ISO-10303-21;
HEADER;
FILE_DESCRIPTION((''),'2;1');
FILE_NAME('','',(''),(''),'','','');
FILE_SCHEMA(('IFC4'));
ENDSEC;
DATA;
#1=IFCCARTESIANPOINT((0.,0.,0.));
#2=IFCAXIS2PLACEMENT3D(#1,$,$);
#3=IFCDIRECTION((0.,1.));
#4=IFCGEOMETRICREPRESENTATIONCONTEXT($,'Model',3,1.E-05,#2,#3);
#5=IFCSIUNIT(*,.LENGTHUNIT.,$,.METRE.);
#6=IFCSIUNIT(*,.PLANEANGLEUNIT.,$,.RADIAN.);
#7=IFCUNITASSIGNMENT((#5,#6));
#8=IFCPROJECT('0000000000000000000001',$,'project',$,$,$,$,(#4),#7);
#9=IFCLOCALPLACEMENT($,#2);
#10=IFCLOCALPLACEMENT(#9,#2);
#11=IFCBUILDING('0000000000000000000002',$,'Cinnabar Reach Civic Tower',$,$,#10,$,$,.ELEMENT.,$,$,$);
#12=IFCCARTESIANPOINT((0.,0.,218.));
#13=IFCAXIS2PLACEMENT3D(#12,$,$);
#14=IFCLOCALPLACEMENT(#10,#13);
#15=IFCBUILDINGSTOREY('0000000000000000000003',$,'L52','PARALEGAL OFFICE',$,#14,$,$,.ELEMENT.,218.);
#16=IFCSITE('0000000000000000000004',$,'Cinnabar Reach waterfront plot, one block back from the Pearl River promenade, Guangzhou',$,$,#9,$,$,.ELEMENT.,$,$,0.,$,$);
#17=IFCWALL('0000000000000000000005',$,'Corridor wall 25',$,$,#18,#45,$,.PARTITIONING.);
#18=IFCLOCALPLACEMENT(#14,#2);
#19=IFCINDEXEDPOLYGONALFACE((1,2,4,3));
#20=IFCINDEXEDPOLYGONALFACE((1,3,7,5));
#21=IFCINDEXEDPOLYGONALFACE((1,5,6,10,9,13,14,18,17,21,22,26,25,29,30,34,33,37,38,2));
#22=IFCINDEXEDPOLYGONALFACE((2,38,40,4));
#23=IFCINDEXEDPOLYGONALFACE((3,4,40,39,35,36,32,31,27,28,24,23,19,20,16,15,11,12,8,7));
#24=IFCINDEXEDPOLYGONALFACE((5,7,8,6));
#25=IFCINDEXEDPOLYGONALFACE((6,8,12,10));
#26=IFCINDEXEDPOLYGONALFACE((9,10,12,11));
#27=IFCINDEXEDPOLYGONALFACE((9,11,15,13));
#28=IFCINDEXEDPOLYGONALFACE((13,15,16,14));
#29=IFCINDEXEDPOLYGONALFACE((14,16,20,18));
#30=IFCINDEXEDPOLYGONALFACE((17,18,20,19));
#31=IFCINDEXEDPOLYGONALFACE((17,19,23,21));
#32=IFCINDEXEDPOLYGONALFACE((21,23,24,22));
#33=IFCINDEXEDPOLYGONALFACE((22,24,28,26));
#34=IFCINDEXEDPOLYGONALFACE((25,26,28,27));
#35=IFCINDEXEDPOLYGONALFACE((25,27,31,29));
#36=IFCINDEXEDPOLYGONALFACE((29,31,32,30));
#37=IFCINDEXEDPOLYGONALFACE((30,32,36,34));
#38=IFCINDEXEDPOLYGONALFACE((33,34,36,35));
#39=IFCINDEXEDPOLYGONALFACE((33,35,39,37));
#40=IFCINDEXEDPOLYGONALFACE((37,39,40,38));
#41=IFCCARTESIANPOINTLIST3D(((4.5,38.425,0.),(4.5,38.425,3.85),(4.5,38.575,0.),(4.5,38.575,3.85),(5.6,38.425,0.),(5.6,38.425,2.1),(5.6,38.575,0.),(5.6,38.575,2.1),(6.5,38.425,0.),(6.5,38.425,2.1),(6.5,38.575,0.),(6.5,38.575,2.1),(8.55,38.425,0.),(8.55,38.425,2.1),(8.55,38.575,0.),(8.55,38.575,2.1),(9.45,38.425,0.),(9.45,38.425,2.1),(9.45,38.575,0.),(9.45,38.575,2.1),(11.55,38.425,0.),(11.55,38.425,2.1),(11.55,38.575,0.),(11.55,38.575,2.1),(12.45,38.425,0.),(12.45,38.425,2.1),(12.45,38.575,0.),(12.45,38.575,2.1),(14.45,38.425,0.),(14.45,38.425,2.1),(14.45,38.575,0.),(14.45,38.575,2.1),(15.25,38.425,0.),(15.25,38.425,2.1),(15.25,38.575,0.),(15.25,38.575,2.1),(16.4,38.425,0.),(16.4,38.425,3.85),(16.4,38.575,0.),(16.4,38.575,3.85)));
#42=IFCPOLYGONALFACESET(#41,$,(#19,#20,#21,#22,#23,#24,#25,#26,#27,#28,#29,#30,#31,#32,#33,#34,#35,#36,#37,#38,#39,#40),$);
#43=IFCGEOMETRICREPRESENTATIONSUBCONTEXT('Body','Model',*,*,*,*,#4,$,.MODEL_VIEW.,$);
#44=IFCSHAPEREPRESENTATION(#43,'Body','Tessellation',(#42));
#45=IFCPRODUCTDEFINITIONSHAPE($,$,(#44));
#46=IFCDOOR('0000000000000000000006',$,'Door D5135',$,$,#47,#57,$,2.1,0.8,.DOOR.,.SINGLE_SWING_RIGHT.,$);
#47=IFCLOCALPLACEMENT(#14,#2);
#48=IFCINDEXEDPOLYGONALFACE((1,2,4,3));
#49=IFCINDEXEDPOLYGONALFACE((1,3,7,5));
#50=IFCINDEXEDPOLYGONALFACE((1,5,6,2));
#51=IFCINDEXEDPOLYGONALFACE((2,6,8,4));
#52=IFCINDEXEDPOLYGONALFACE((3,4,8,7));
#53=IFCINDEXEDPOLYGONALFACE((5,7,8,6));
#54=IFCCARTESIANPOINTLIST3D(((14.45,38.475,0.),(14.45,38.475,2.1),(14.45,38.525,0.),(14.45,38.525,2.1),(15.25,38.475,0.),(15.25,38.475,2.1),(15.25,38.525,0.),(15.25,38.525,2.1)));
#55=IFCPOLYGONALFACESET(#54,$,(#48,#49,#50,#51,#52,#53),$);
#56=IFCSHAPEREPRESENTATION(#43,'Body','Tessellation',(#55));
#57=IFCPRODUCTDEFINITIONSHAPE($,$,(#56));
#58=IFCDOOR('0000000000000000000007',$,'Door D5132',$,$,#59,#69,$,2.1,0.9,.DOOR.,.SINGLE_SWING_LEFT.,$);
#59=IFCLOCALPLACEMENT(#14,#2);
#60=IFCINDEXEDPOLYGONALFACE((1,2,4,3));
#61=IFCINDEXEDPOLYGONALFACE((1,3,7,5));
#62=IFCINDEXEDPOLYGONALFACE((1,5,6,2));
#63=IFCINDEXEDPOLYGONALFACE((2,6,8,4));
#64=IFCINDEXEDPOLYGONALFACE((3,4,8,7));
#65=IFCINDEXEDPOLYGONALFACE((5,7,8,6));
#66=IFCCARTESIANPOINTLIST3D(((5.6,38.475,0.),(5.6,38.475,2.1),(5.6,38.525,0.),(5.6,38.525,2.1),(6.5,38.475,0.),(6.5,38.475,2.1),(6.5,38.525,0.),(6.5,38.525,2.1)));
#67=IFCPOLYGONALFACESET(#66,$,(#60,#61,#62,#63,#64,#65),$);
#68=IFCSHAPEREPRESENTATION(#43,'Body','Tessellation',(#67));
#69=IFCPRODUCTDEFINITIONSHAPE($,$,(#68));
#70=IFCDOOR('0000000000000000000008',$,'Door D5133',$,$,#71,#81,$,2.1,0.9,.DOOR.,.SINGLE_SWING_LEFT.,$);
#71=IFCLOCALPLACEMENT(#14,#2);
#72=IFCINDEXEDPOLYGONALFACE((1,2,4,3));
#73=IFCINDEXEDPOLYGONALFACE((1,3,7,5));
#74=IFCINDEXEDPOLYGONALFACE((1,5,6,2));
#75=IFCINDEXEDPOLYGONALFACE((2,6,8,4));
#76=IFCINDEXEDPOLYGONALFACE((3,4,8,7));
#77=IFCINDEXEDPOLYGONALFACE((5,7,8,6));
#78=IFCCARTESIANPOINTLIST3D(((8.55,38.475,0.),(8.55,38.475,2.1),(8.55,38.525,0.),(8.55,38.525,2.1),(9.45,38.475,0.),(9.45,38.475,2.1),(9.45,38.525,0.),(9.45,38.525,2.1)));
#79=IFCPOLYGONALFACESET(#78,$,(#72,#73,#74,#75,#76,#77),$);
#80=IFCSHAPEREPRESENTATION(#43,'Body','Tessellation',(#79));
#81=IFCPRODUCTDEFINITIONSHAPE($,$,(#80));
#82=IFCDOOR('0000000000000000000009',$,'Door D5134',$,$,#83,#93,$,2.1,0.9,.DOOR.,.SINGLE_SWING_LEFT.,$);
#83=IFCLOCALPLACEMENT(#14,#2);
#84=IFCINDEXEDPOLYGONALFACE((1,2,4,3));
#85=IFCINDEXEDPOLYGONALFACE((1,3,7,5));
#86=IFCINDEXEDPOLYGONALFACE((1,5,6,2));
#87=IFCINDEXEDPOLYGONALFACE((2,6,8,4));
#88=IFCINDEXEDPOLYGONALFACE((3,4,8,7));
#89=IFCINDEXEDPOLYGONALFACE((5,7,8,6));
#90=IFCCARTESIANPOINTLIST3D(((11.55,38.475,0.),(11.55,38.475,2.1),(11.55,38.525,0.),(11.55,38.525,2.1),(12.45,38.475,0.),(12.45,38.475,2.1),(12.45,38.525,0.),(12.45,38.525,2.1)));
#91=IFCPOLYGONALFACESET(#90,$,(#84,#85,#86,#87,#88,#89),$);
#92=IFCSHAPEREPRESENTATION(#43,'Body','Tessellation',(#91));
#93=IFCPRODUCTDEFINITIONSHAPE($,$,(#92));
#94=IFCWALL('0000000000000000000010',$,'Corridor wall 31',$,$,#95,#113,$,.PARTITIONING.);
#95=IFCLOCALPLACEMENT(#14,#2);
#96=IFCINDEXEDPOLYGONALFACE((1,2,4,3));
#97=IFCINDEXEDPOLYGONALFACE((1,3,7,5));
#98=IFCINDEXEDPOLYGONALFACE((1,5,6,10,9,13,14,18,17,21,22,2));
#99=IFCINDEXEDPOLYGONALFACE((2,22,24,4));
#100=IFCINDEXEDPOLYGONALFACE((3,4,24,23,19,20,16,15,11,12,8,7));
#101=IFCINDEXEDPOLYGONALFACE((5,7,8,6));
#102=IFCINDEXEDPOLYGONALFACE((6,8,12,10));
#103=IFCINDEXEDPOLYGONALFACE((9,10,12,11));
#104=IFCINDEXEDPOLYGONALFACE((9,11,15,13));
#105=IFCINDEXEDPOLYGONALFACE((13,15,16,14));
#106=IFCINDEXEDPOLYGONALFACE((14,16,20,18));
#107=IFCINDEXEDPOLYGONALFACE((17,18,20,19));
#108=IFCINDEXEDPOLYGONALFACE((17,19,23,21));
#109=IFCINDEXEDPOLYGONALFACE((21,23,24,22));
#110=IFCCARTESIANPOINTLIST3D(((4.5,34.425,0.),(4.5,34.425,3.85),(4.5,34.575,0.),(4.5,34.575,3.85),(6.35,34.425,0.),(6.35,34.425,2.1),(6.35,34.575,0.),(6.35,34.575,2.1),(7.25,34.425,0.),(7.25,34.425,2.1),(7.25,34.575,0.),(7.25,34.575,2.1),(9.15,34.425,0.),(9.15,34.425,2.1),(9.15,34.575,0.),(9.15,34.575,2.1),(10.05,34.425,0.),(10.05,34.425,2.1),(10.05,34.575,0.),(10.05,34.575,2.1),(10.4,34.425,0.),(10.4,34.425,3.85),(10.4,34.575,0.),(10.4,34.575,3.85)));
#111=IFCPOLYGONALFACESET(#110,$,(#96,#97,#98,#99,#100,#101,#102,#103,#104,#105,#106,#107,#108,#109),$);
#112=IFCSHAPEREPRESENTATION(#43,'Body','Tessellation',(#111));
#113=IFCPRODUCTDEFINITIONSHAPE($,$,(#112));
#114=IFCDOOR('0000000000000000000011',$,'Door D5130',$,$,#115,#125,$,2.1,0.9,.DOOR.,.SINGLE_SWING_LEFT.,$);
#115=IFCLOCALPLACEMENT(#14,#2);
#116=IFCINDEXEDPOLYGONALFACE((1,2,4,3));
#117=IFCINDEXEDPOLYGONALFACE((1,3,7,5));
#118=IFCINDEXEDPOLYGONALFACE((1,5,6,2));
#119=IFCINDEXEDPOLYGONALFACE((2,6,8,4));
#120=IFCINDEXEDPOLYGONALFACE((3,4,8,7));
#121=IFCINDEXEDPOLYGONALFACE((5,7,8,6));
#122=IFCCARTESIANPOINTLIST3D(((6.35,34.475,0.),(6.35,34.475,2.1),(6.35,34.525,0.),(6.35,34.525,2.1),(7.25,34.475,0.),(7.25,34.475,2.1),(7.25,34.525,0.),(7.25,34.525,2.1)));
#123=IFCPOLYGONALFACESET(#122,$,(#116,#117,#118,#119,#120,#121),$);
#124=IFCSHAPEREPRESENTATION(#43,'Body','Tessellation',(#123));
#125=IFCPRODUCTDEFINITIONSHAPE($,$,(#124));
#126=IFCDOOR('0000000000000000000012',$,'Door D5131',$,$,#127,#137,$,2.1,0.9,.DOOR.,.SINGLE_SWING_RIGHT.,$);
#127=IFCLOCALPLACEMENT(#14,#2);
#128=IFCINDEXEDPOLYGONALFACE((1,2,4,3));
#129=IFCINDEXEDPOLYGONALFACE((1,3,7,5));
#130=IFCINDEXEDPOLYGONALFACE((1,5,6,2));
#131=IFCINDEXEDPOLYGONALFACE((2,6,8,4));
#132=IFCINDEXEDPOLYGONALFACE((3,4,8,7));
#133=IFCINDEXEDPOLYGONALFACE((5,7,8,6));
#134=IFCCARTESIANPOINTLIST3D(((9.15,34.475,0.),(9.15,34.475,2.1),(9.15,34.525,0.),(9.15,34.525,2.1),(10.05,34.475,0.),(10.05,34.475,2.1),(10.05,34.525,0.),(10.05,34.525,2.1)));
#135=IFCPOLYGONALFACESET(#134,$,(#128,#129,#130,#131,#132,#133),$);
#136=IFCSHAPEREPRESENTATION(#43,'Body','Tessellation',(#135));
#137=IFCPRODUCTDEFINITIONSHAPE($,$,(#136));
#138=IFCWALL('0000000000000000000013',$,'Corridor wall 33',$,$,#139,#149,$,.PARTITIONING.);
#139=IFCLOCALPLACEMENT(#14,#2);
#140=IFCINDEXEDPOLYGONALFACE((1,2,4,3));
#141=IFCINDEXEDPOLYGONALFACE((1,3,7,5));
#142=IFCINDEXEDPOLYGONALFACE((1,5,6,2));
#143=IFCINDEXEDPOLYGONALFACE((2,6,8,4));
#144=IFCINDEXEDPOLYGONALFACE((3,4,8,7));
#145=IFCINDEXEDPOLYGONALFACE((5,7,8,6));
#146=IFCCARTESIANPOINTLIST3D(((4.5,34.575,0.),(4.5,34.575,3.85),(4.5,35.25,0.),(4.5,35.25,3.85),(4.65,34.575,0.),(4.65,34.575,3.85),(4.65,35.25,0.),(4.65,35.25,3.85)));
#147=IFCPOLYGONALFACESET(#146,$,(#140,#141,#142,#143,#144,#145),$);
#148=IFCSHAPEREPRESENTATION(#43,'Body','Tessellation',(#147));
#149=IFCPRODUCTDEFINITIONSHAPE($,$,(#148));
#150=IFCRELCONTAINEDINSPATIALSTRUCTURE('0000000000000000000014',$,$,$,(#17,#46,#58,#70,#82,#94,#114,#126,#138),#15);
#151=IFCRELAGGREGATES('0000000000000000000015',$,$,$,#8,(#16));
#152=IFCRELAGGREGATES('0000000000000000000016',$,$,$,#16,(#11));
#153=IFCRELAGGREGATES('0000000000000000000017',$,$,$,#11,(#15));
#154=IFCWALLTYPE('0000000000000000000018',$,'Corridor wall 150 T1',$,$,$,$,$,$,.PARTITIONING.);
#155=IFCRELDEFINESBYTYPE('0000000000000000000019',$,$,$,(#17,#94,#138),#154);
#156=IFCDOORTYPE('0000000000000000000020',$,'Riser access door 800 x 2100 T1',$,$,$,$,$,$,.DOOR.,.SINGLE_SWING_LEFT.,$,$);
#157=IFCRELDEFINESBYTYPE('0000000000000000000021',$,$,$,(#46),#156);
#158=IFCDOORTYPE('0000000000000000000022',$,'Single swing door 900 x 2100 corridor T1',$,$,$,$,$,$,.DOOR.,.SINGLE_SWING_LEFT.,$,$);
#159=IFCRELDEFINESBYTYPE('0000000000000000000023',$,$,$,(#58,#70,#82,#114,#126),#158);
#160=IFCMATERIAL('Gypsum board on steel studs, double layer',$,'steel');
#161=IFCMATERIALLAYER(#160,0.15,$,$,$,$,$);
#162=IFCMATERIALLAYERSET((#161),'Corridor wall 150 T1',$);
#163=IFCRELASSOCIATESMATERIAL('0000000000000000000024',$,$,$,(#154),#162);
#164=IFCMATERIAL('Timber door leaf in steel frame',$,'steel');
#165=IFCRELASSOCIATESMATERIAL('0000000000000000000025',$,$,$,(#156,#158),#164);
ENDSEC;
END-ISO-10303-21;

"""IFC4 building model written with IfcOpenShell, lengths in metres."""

from ifc_helpers import new_model, si_unit, direction, frame, frame_2d, origin, place, context, subcontext, project, spatial, rectangle, extrude, material, layer, layer_set, type_object, element, fill, save


model = new_model("IFC4")

# Units and contexts
model_context = context("Model", 3, precision=1e-05, world=origin(), true_north=direction((0.0, 1.0)))
body_context = subcontext(model_context, "Body", "Model", "MODEL_VIEW")
ifc_project = project(units=[si_unit("LENGTHUNIT", "METRE"), si_unit("PLANEANGLEUNIT", "RADIAN")], contexts=[model_context])

# Site, building, storey
site_placement = place(None, origin())
site = spatial("IfcSite", under=ifc_project, at=site_placement, Name="Cinnabar Reach waterfront plot, one block back from the Pearl River promenade, Guangzhou", CompositionType="ELEMENT", RefElevation=0.0)
building_placement = place(site_placement, origin())
building = spatial("IfcBuilding", under=site, at=building_placement, Name="Cinnabar Reach Civic Tower", CompositionType="ELEMENT")
storey_placement = place(building_placement, frame((0.0, 0.0, 218.0)))
storey = spatial("IfcBuildingStorey", under=building, at=storey_placement, Name="L52", Description="PARALEGAL OFFICE", CompositionType="ELEMENT", Elevation=218.0)

# Shared definitions
ifc_material_1 = material(Name="Timber door leaf in steel frame", Category="steel")

# Walls, openings, doors
ifc_material_2 = material(Name="Gypsum board on steel studs, double layer", Category="steel")
ifc_layer_1 = layer(ifc_material_2, 0.15)
ifc_layer_set_1 = layer_set([ifc_layer_1], Name="Corridor wall 150 T1")
wall_type_1 = type_object("IfcWallType", Name="Corridor wall 150 T1", PredefinedType="PARTITIONING", material=ifc_layer_set_1)
wall_1_placement = place(storey_placement, frame((4.5, 38.5, 0.0), z_axis=(0.0, 0.0, 1.0), x_axis=(1.0, 0.0, 0.0)))
wall_1 = element("IfcWall", 1, at=wall_1_placement, inside=storey, type_object=wall_type_1, Name="Corridor wall 25", PredefinedType="PARTITIONING", context=body_context, shape_type="SweptSolid", body=[
    extrude(rectangle(XDim=11.9, YDim=0.15, at=frame_2d((5.95, 0.0))), origin(), (0.0, 0.0, 1.0), 3.85),
])
opening_1_placement = place(wall_1_placement, frame((1.1, 0.0, 0.0)))
opening_1 = element("IfcOpeningElement", 2, at=opening_1_placement, cuts=wall_1, PredefinedType="OPENING", context=body_context, shape_type="SweptSolid", body=[
    extrude(rectangle(XDim=0.9, YDim=2.1, at=frame_2d((0.45, 1.05))), frame((0.0, 0.085, 0.0), z_axis=(0.0, -1.0, 0.0), x_axis=(1.0, 0.0, 0.0)), (0.0, 0.0, 1.0), 0.17),
])
opening_2_placement = place(wall_1_placement, frame((4.05, 0.0, 0.0)))
opening_2 = element("IfcOpeningElement", 3, at=opening_2_placement, cuts=wall_1, PredefinedType="OPENING", context=body_context, shape_type="SweptSolid", body=[
    extrude(rectangle(XDim=0.9, YDim=2.1, at=frame_2d((0.45, 1.05))), frame((0.0, 0.085, 0.0), z_axis=(0.0, -1.0, 0.0), x_axis=(1.0, 0.0, 0.0)), (0.0, 0.0, 1.0), 0.17),
])
opening_3_placement = place(wall_1_placement, frame((7.05, 0.0, 0.0)))
opening_3 = element("IfcOpeningElement", 4, at=opening_3_placement, cuts=wall_1, PredefinedType="OPENING", context=body_context, shape_type="SweptSolid", body=[
    extrude(rectangle(XDim=0.9, YDim=2.1, at=frame_2d((0.45, 1.05))), frame((0.0, 0.085, 0.0), z_axis=(0.0, -1.0, 0.0), x_axis=(1.0, 0.0, 0.0)), (0.0, 0.0, 1.0), 0.17),
])
opening_4_placement = place(wall_1_placement, frame((9.95, 0.0, 0.0)))
opening_4 = element("IfcOpeningElement", 5, at=opening_4_placement, cuts=wall_1, PredefinedType="OPENING", context=body_context, shape_type="SweptSolid", body=[
    extrude(rectangle(XDim=0.8, YDim=2.1, at=frame_2d((0.4, 1.05))), frame((0.0, 0.085, 0.0), z_axis=(0.0, -1.0, 0.0), x_axis=(1.0, 0.0, 0.0)), (0.0, 0.0, 1.0), 0.17),
])
door_type_1 = type_object("IfcDoorType", Name="Riser access door 800 x 2100 T1", OperationType="SINGLE_SWING_LEFT", PredefinedType="DOOR", material=ifc_material_1)
door_1_placement = place(opening_4_placement, origin())
door_1 = element("IfcDoor", 6, at=door_1_placement, inside=storey, type_object=door_type_1, Name="Door D5135", OperationType="SINGLE_SWING_RIGHT", OverallHeight=2.1, OverallWidth=0.8, PredefinedType="DOOR", context=body_context, shape_type="SweptSolid", body=[
    extrude(rectangle(XDim=0.8, YDim=2.1, at=frame_2d((0.4, 1.05))), frame((0.0, 0.025, 0.0), z_axis=(0.0, -1.0, 0.0), x_axis=(1.0, 0.0, 0.0)), (0.0, 0.0, 1.0), 0.05),
])
fill(opening_4, door_1)
door_type_2 = type_object("IfcDoorType", Name="Single swing door 900 x 2100 corridor T1", OperationType="SINGLE_SWING_LEFT", PredefinedType="DOOR", material=ifc_material_1)
door_2_placement = place(opening_1_placement, origin())
door_2 = element("IfcDoor", 7, at=door_2_placement, inside=storey, type_object=door_type_2, Name="Door D5132", OperationType="SINGLE_SWING_LEFT", OverallHeight=2.1, OverallWidth=0.9, PredefinedType="DOOR", context=body_context, shape_type="SweptSolid", body=[
    extrude(rectangle(XDim=0.9, YDim=2.1, at=frame_2d((0.45, 1.05))), frame((0.0, 0.025, 0.0), z_axis=(0.0, -1.0, 0.0), x_axis=(1.0, 0.0, 0.0)), (0.0, 0.0, 1.0), 0.05),
])
fill(opening_1, door_2)
door_3_placement = place(opening_2_placement, origin())
door_3 = element("IfcDoor", 8, at=door_3_placement, inside=storey, type_object=door_type_2, Name="Door D5133", OperationType="SINGLE_SWING_LEFT", OverallHeight=2.1, OverallWidth=0.9, PredefinedType="DOOR", context=body_context, shape_type="SweptSolid", body=[
    extrude(rectangle(XDim=0.9, YDim=2.1, at=frame_2d((0.45, 1.05))), frame((0.0, 0.025, 0.0), z_axis=(0.0, -1.0, 0.0), x_axis=(1.0, 0.0, 0.0)), (0.0, 0.0, 1.0), 0.05),
])
fill(opening_2, door_3)
door_4_placement = place(opening_3_placement, origin())
door_4 = element("IfcDoor", 9, at=door_4_placement, inside=storey, type_object=door_type_2, Name="Door D5134", OperationType="SINGLE_SWING_LEFT", OverallHeight=2.1, OverallWidth=0.9, PredefinedType="DOOR", context=body_context, shape_type="SweptSolid", body=[
    extrude(rectangle(XDim=0.9, YDim=2.1, at=frame_2d((0.45, 1.05))), frame((0.0, 0.025, 0.0), z_axis=(0.0, -1.0, 0.0), x_axis=(1.0, 0.0, 0.0)), (0.0, 0.0, 1.0), 0.05),
])
fill(opening_3, door_4)
wall_2_placement = place(storey_placement, frame((4.5, 34.5, 0.0), z_axis=(0.0, 0.0, 1.0), x_axis=(1.0, 0.0, 0.0)))
wall_2 = element("IfcWall", 10, at=wall_2_placement, inside=storey, type_object=wall_type_1, Name="Corridor wall 31", PredefinedType="PARTITIONING", context=body_context, shape_type="SweptSolid", body=[
    extrude(rectangle(XDim=5.9, YDim=0.15, at=frame_2d((2.95, 0.0))), origin(), (0.0, 0.0, 1.0), 3.85),
])
opening_5_placement = place(wall_2_placement, frame((1.85, 0.0, 0.0)))
opening_5 = element("IfcOpeningElement", 11, at=opening_5_placement, cuts=wall_2, PredefinedType="OPENING", context=body_context, shape_type="SweptSolid", body=[
    extrude(rectangle(XDim=0.9, YDim=2.1, at=frame_2d((0.45, 1.05))), frame((0.0, 0.085, 0.0), z_axis=(0.0, -1.0, 0.0), x_axis=(1.0, 0.0, 0.0)), (0.0, 0.0, 1.0), 0.17),
])
opening_6_placement = place(wall_2_placement, frame((4.65, 0.0, 0.0)))
opening_6 = element("IfcOpeningElement", 12, at=opening_6_placement, cuts=wall_2, PredefinedType="OPENING", context=body_context, shape_type="SweptSolid", body=[
    extrude(rectangle(XDim=0.9, YDim=2.1, at=frame_2d((0.45, 1.05))), frame((0.0, 0.085, 0.0), z_axis=(0.0, -1.0, 0.0), x_axis=(1.0, 0.0, 0.0)), (0.0, 0.0, 1.0), 0.17),
])
door_5_placement = place(opening_5_placement, frame((0.9, 0.0, 0.0), z_axis=(0.0, 0.0, 1.0), x_axis=(-1.0, 0.0, 0.0)))
door_5 = element("IfcDoor", 13, at=door_5_placement, inside=storey, type_object=door_type_2, Name="Door D5130", OperationType="SINGLE_SWING_LEFT", OverallHeight=2.1, OverallWidth=0.9, PredefinedType="DOOR", context=body_context, shape_type="SweptSolid", body=[
    extrude(rectangle(XDim=0.9, YDim=2.1, at=frame_2d((0.45, 1.05))), frame((0.0, 0.025, 0.0), z_axis=(0.0, -1.0, 0.0), x_axis=(1.0, 0.0, 0.0)), (0.0, 0.0, 1.0), 0.05),
])
fill(opening_5, door_5)
door_6_placement = place(opening_6_placement, frame((0.9, 0.0, 0.0), z_axis=(0.0, 0.0, 1.0), x_axis=(-1.0, 0.0, 0.0)))
door_6 = element("IfcDoor", 14, at=door_6_placement, inside=storey, type_object=door_type_2, Name="Door D5131", OperationType="SINGLE_SWING_RIGHT", OverallHeight=2.1, OverallWidth=0.9, PredefinedType="DOOR", context=body_context, shape_type="SweptSolid", body=[
    extrude(rectangle(XDim=0.9, YDim=2.1, at=frame_2d((0.45, 1.05))), frame((0.0, 0.025, 0.0), z_axis=(0.0, -1.0, 0.0), x_axis=(1.0, 0.0, 0.0)), (0.0, 0.0, 1.0), 0.05),
])
fill(opening_6, door_6)

# Wall
wall_3_placement = place(storey_placement, frame((4.575, 34.575, 0.0), z_axis=(0.0, 0.0, 1.0), x_axis=(0.0, 1.0, 0.0)))
element("IfcWall", 15, at=wall_3_placement, inside=storey, type_object=wall_type_1, Name="Corridor wall 33", PredefinedType="PARTITIONING", context=body_context, shape_type="SweptSolid", body=[
    extrude(rectangle(XDim=0.675, YDim=0.15, at=frame_2d((0.3375, 0.0))), origin(), (0.0, 0.0, 1.0), 3.85),
])

save(model, "model.ifc")
